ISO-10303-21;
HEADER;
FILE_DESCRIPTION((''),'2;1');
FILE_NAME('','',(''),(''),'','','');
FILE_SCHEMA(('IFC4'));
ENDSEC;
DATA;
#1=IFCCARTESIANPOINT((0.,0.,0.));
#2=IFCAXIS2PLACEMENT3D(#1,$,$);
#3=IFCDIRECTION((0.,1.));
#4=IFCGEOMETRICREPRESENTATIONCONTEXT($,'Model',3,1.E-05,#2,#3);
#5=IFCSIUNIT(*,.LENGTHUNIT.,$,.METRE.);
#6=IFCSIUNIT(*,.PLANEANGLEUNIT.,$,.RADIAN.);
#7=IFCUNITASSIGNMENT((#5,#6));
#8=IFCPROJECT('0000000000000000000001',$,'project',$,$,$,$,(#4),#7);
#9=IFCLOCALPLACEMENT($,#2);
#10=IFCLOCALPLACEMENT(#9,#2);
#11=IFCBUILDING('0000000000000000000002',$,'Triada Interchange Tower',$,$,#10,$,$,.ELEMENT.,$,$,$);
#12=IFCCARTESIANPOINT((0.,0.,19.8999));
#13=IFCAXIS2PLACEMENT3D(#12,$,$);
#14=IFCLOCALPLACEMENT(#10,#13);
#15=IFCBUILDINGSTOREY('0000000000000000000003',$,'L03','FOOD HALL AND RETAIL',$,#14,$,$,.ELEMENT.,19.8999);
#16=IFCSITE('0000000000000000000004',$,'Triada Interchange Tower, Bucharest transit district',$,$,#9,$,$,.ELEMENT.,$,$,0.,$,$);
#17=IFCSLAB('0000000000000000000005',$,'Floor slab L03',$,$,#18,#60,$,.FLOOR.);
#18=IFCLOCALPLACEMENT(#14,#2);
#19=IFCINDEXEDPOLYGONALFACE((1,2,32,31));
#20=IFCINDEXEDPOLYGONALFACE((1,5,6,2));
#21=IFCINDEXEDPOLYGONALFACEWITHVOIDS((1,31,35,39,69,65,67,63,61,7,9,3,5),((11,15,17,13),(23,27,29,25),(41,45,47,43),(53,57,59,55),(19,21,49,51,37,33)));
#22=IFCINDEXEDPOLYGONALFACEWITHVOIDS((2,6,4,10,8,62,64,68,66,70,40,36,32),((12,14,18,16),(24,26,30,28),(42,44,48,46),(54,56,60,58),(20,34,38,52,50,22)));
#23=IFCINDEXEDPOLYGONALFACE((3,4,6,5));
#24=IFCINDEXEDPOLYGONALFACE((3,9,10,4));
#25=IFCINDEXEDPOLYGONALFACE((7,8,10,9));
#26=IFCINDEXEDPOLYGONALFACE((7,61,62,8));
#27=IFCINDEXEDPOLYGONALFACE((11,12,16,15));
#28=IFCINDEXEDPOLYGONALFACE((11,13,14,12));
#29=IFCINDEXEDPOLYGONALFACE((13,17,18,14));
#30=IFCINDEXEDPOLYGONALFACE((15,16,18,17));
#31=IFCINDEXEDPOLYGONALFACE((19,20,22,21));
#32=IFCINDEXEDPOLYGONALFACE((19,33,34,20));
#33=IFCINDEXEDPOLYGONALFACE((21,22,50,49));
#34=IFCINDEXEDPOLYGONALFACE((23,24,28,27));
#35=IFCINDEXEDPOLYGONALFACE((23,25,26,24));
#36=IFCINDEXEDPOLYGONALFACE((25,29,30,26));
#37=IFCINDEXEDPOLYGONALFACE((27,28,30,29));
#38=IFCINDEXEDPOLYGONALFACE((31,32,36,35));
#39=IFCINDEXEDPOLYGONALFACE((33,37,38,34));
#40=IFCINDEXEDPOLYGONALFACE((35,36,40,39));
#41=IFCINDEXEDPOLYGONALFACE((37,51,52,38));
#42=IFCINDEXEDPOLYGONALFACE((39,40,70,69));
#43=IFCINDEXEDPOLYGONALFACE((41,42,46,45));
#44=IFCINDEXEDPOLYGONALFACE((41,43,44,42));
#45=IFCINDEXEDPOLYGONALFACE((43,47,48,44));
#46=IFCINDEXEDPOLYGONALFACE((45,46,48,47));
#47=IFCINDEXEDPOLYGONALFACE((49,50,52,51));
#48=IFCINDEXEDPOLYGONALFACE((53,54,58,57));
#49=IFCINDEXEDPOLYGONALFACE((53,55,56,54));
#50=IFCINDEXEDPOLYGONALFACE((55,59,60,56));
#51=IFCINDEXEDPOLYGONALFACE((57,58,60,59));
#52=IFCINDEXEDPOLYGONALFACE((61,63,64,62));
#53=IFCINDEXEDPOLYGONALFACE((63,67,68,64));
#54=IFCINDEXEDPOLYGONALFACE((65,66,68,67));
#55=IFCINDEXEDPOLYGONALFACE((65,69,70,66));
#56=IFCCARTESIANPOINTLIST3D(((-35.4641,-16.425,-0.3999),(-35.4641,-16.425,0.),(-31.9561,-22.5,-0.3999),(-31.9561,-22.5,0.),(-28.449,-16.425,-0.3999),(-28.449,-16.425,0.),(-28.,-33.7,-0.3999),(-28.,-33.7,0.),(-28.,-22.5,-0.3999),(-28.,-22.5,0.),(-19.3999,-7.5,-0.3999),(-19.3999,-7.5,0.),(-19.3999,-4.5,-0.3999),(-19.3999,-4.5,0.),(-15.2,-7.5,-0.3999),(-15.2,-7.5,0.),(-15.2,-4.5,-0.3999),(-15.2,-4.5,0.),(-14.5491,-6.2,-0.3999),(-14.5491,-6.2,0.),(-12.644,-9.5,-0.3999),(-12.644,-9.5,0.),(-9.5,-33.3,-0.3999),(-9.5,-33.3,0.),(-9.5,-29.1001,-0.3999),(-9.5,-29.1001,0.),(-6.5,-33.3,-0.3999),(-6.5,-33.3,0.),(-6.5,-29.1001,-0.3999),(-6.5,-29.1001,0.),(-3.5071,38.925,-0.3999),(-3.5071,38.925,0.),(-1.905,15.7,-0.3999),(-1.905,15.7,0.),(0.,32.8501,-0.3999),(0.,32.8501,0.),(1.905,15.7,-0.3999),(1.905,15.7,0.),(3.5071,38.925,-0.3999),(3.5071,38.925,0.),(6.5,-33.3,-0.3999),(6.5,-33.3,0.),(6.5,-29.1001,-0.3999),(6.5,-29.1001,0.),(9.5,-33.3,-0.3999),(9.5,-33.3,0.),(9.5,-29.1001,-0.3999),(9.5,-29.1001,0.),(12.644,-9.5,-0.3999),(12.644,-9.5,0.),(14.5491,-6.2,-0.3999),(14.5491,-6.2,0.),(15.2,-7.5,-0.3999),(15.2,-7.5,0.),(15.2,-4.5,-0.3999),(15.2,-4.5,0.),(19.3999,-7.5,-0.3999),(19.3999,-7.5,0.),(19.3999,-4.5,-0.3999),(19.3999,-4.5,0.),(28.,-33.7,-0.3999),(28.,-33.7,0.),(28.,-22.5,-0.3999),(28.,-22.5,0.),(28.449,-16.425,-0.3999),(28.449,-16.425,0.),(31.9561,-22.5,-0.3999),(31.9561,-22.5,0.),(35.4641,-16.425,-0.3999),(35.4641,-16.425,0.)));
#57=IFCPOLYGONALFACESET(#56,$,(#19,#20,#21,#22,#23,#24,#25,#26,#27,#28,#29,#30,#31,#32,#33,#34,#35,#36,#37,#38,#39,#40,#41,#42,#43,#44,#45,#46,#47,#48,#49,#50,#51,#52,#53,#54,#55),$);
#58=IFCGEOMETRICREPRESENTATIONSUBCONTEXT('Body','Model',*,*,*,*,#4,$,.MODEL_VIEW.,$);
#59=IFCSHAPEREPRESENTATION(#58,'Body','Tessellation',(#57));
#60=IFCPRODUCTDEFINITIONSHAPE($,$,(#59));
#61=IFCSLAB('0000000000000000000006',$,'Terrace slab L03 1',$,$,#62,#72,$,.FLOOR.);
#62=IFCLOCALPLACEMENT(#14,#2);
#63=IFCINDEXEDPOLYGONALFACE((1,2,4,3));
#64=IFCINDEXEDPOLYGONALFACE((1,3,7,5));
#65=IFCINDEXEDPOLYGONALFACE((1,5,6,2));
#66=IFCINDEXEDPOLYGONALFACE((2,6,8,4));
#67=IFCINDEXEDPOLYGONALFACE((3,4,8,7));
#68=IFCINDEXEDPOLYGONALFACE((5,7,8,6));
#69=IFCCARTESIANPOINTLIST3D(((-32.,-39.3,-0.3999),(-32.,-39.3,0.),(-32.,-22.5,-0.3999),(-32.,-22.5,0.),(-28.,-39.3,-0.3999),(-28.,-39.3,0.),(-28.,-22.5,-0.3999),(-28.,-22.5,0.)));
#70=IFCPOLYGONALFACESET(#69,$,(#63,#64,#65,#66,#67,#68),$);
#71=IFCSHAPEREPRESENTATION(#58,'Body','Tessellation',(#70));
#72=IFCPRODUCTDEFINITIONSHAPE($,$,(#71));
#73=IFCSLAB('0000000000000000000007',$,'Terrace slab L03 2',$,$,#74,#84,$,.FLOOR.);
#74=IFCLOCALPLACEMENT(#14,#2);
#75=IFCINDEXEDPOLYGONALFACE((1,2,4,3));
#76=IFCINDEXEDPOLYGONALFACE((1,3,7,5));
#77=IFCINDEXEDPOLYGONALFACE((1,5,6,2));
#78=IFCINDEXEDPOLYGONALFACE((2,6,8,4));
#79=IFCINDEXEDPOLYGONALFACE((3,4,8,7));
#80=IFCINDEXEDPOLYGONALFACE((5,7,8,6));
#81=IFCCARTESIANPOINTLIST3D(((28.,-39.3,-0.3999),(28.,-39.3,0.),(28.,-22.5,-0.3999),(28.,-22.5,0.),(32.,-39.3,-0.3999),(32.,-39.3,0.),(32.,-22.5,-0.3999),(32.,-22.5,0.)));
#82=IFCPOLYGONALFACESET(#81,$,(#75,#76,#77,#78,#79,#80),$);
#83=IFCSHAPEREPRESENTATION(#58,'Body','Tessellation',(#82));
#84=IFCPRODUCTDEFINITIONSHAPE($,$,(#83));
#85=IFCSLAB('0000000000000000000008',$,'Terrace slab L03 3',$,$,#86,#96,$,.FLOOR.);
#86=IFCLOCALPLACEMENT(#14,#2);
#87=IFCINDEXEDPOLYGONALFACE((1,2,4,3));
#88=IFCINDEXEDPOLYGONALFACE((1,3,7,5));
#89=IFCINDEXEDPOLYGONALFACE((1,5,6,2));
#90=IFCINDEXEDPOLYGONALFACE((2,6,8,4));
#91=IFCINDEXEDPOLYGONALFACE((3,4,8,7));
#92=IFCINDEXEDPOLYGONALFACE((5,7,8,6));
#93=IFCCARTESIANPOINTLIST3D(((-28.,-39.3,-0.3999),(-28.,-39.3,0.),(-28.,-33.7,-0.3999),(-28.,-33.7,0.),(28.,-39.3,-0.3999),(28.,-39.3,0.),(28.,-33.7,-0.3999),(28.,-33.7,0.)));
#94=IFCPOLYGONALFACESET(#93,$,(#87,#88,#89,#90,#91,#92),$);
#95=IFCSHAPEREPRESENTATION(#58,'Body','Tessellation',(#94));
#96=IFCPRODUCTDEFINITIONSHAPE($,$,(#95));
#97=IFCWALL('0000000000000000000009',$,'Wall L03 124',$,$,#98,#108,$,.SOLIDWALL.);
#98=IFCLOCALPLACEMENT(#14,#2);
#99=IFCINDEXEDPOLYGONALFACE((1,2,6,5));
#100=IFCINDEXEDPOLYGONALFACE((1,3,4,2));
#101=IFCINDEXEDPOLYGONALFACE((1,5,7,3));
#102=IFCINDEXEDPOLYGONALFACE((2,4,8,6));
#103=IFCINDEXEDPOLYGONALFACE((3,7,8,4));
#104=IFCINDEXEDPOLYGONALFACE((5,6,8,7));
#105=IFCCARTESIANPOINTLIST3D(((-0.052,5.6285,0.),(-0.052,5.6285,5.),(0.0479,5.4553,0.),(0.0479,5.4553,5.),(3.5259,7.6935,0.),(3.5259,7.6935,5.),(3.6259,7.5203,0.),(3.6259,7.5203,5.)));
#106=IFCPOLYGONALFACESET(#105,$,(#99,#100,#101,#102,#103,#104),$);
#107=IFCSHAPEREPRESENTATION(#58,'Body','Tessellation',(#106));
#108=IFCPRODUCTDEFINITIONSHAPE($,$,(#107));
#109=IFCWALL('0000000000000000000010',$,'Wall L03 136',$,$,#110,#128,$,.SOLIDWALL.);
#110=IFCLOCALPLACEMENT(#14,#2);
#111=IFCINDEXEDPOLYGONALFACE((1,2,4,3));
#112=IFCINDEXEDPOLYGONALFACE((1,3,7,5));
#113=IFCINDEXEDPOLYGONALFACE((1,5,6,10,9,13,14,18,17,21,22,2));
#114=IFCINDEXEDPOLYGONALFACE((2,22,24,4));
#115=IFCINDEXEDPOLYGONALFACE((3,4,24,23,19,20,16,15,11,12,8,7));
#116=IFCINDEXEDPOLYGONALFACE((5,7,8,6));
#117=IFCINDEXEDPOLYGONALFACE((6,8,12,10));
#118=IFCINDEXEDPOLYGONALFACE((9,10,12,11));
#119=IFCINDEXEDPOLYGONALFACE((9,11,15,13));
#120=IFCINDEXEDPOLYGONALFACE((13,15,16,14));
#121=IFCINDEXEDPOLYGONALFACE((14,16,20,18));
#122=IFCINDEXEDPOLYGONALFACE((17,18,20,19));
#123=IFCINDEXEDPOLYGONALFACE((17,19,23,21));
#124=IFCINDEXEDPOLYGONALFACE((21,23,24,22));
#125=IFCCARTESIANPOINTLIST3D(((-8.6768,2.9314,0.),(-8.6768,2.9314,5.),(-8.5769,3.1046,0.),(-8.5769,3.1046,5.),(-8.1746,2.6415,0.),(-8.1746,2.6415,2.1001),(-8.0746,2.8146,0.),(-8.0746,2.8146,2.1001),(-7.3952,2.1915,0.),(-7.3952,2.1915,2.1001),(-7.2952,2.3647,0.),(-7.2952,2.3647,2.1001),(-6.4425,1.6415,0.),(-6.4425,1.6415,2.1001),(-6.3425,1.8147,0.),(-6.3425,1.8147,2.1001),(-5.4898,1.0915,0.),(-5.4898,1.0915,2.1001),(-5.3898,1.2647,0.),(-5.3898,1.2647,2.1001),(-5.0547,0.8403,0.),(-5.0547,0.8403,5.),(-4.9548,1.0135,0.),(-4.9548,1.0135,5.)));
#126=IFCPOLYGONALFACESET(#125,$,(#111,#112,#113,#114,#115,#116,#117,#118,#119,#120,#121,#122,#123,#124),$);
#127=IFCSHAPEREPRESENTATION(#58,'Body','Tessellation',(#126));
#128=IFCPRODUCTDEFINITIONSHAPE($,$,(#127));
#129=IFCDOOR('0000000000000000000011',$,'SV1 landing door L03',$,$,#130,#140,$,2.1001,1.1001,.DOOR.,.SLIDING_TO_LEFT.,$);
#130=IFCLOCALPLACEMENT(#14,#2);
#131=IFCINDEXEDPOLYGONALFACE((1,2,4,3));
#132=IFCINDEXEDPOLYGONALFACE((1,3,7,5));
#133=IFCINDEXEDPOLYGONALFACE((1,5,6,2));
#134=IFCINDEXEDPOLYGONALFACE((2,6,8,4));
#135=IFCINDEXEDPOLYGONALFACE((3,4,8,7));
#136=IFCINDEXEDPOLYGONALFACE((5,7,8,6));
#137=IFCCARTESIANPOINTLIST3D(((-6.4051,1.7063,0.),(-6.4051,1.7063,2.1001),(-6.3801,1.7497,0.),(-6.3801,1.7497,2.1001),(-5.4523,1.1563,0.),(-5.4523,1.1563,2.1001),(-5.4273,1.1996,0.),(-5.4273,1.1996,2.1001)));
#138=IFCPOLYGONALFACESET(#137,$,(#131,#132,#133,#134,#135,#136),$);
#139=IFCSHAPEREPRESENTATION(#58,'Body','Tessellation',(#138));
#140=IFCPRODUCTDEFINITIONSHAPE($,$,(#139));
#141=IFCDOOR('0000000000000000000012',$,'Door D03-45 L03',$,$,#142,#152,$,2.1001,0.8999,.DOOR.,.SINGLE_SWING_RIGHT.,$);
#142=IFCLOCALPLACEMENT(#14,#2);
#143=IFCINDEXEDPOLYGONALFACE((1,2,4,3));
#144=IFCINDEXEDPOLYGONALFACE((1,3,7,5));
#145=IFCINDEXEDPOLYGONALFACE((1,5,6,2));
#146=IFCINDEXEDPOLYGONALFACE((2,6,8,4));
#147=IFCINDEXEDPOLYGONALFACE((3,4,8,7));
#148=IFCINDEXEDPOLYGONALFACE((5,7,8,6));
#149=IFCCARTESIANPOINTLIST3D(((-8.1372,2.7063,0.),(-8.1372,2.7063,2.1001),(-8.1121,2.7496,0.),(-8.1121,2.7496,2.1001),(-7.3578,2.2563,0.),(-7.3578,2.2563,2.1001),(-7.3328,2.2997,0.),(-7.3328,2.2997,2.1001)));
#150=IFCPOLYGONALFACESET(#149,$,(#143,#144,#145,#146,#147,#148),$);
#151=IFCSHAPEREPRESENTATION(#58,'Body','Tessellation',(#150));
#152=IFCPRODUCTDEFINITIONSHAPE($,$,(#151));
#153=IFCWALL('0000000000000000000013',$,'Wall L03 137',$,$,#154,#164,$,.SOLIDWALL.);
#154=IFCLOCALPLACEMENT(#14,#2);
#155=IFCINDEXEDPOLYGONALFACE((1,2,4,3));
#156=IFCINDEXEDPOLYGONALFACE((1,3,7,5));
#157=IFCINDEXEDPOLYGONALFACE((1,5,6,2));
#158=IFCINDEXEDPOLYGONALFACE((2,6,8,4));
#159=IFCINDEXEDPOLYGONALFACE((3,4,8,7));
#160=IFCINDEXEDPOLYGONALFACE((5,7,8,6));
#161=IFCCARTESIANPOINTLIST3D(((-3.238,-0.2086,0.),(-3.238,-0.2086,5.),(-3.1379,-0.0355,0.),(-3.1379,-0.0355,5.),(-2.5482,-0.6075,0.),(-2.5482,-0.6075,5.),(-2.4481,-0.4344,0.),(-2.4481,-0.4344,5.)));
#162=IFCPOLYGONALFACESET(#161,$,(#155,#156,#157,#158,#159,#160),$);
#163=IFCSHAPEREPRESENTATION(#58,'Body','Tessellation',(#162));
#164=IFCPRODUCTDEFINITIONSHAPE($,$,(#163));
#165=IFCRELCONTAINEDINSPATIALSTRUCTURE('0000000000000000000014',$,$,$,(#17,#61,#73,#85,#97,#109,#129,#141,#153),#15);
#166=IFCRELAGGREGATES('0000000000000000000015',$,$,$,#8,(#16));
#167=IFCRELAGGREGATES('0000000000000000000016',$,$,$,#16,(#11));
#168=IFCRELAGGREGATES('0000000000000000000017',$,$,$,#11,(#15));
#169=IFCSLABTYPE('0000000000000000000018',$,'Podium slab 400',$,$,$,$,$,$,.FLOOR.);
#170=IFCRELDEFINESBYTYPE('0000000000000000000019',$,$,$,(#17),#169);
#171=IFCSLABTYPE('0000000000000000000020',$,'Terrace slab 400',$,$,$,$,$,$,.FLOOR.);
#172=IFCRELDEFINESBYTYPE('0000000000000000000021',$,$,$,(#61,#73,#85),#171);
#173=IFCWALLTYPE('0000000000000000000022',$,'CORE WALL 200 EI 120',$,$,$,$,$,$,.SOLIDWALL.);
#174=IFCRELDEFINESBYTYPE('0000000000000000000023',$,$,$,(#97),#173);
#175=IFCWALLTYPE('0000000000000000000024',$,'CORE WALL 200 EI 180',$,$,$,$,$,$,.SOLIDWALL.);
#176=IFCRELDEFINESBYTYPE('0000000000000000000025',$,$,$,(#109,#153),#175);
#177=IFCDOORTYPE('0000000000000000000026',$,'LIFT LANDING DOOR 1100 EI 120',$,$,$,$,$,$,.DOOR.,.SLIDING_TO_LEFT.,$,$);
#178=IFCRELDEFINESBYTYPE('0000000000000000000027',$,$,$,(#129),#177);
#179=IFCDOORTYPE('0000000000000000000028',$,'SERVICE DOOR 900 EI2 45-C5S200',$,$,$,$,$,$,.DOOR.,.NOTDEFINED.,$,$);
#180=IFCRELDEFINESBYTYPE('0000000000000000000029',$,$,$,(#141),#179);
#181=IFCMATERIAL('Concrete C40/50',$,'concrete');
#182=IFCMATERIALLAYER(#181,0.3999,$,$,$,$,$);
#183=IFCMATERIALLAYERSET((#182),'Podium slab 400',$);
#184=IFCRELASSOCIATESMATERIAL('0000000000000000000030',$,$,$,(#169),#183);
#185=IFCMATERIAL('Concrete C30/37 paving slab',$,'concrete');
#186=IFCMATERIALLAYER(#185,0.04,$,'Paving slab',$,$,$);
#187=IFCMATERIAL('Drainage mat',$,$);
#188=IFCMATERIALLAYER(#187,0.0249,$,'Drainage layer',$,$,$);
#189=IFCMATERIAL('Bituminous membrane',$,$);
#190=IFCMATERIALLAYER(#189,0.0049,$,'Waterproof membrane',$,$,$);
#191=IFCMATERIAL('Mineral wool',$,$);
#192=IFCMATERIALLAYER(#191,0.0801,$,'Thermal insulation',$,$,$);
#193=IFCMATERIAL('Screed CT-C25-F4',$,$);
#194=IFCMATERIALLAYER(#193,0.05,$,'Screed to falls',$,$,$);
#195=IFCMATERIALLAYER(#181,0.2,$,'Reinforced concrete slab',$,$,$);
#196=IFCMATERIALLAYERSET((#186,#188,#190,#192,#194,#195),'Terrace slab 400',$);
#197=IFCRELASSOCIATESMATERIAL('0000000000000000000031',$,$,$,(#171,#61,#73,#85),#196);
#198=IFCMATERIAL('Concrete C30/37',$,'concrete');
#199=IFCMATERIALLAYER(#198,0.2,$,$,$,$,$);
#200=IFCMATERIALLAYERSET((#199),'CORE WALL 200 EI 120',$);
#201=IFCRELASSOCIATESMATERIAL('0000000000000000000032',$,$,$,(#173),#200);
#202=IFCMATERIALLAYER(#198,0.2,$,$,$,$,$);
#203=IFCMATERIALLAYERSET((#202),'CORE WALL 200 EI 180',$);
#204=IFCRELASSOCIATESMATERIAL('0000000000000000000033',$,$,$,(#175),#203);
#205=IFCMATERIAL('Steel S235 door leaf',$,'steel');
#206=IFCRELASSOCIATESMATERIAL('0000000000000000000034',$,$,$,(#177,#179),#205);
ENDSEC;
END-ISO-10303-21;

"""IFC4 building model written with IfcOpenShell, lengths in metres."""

from ifc_helpers import new_model, si_unit, direction, frame, frame_2d, origin, place, context, subcontext, project, spatial, polyline, rectangle, outline, extrude, material, layer, layer_set, layer_usage, type_object, element, fill, save


model = new_model("IFC4")

# Units and contexts
model_context = context("Model", 3, precision=1e-05, world=origin(), true_north=direction((0.0, 1.0)))
body_context = subcontext(model_context, "Body", "Model", "MODEL_VIEW")
ifc_project = project(units=[si_unit("LENGTHUNIT", "METRE"), si_unit("PLANEANGLEUNIT", "RADIAN")], contexts=[model_context])

# Site, building, storey
site_placement = place(None, origin())
site = spatial("IfcSite", under=ifc_project, at=site_placement, Name="Triada Interchange Tower, Bucharest transit district", CompositionType="ELEMENT", RefElevation=0.0)
building_placement = place(site_placement, origin())
building = spatial("IfcBuilding", under=site, at=building_placement, Name="Triada Interchange Tower", CompositionType="ELEMENT")
storey_placement = place(building_placement, frame((0.0, 0.0, 19.8999)))
storey = spatial("IfcBuildingStorey", under=building, at=storey_placement, Name="L03", Description="FOOD HALL AND RETAIL", CompositionType="ELEMENT", Elevation=19.8999)

# Slabs
ifc_material_1 = material(Name="Concrete C40/50", Category="concrete")
ifc_layer_1 = layer(ifc_material_1, 0.3999)
ifc_layer_set_1 = layer_set([ifc_layer_1], Name="Podium slab 400")
slab_type_1 = type_object("IfcSlabType", Name="Podium slab 400", PredefinedType="FLOOR", material=ifc_layer_set_1)
slab_1_placement = place(storey_placement, frame((0.0, 0.0, -0.3999)))
element("IfcSlab", 1, at=slab_1_placement, inside=storey, type_object=slab_type_1, Name="Floor slab L03", PredefinedType="FLOOR", context=body_context, shape_type="SweptSolid", body=[
    extrude(outline(polyline([(-28.0, -33.7), (28.0, -33.7), (28.0, -22.5), (31.9561, -22.5), (28.449, -16.425), (35.4641, -16.425), (3.5071, 38.925), (0.0, 32.8501), (-3.5071, 38.925), (-35.4641, -16.425), (-28.449, -16.425), (-31.9561, -22.5), (-28.0, -22.5), (-28.0, -33.7)]), holes=[polyline([(-9.5, -29.1001), (-6.5, -29.1001), (-6.5, -33.3), (-9.5, -33.3), (-9.5, -29.1001)]), polyline([(6.5, -29.1001), (9.5, -29.1001), (9.5, -33.3), (6.5, -33.3), (6.5, -29.1001)]), polyline([(-19.3999, -7.5), (-19.3999, -4.5), (-15.2, -4.5), (-15.2, -7.5), (-19.3999, -7.5)]), polyline([(19.3999, -7.5), (15.2, -7.5), (15.2, -4.5), (19.3999, -4.5), (19.3999, -7.5)]), polyline([(-12.644, -9.5), (-14.5491, -6.2), (-1.905, 15.7), (1.905, 15.7), (14.5491, -6.2), (12.644, -9.5), (-12.644, -9.5)])]), origin(), (0.0, 0.0, 1.0), 0.3999),
])
ifc_material_2 = material(Name="Concrete C30/37 paving slab", Category="concrete")
ifc_layer_2 = layer(ifc_material_2, 0.04, Name="Paving slab")
ifc_material_3 = material(Name="Drainage mat")
ifc_layer_3 = layer(ifc_material_3, 0.0249, Name="Drainage layer")
ifc_material_4 = material(Name="Bituminous membrane")
ifc_layer_4 = layer(ifc_material_4, 0.0049, Name="Waterproof membrane")
ifc_material_5 = material(Name="Mineral wool")
ifc_layer_5 = layer(ifc_material_5, 0.0801, Name="Thermal insulation")
ifc_material_6 = material(Name="Screed CT-C25-F4")
ifc_layer_6 = layer(ifc_material_6, 0.05, Name="Screed to falls")
ifc_layer_7 = layer(ifc_material_1, 0.2, Name="Reinforced concrete slab")
ifc_layer_set_2 = layer_set([ifc_layer_2, ifc_layer_3, ifc_layer_4, ifc_layer_5, ifc_layer_6, ifc_layer_7], Name="Terrace slab 400")
ifc_layer_usage = layer_usage(ifc_layer_set_2, "AXIS3", "POSITIVE", 0.0)
slab_type_2 = type_object("IfcSlabType", Name="Terrace slab 400", PredefinedType="FLOOR", material=ifc_layer_set_2)
slab_2_placement = place(storey_placement, frame((0.0, 0.0, -0.3999)))
element("IfcSlab", 2, at=slab_2_placement, inside=storey, type_object=slab_type_2, material=ifc_layer_usage, Name="Terrace slab L03 1", PredefinedType="FLOOR", context=body_context, shape_type="SweptSolid", body=[
    extrude(outline(polyline([(-32.0, -39.3), (-28.0, -39.3), (-28.0, -22.5), (-32.0, -22.5), (-32.0, -39.3)])), origin(), (0.0, 0.0, 1.0), 0.3999),
])
slab_3_placement = place(storey_placement, frame((0.0, 0.0, -0.3999)))
element("IfcSlab", 3, at=slab_3_placement, inside=storey, type_object=slab_type_2, material=ifc_layer_usage, Name="Terrace slab L03 2", PredefinedType="FLOOR", context=body_context, shape_type="SweptSolid", body=[
    extrude(outline(polyline([(28.0, -39.3), (32.0, -39.3), (32.0, -22.5), (28.0, -22.5), (28.0, -39.3)])), origin(), (0.0, 0.0, 1.0), 0.3999),
])
slab_4_placement = place(storey_placement, frame((0.0, 0.0, -0.3999)))
element("IfcSlab", 4, at=slab_4_placement, inside=storey, type_object=slab_type_2, material=ifc_layer_usage, Name="Terrace slab L03 3", PredefinedType="FLOOR", context=body_context, shape_type="SweptSolid", body=[
    extrude(outline(polyline([(-28.0, -39.3), (28.0, -39.3), (28.0, -33.7), (-28.0, -33.7), (-28.0, -39.3)])), origin(), (0.0, 0.0, 1.0), 0.3999),
])

# Wall
ifc_material_7 = material(Name="Concrete C30/37", Category="concrete")
ifc_layer_8 = layer(ifc_material_7, 0.2)
ifc_layer_set_3 = layer_set([ifc_layer_8], Name="CORE WALL 200 EI 120")
wall_type_1 = type_object("IfcWallType", Name="CORE WALL 200 EI 120", PredefinedType="SOLIDWALL", material=ifc_layer_set_3)
wall_1_placement = place(storey_placement, frame((-0.002, 5.542, 0.0), z_axis=(0.0, 0.0, 1.0), x_axis=(0.866104, 0.499864, 0.0)))
element("IfcWall", 5, at=wall_1_placement, inside=storey, type_object=wall_type_1, Name="Wall L03 124", PredefinedType="SOLIDWALL", context=body_context, shape_type="SweptSolid", body=[
    extrude(rectangle(XDim=4.1311, YDim=0.2, at=frame_2d((2.0654, 0.0))), origin(), (0.0, 0.0, 1.0), 5.0),
])

# Wall, openings, doors
ifc_layer_9 = layer(ifc_material_7, 0.2)
ifc_layer_set_4 = layer_set([ifc_layer_9], Name="CORE WALL 200 EI 180")
wall_type_2 = type_object("IfcWallType", Name="CORE WALL 200 EI 180", PredefinedType="SOLIDWALL", material=ifc_layer_set_4)
wall_2_placement = place(storey_placement, frame((-8.627, 3.0181, 0.0), z_axis=(0.0, 0.0, 1.0), x_axis=(0.86604, -0.499975, 0.0)))
wall_2 = element("IfcWall", 6, at=wall_2_placement, inside=storey, type_object=wall_type_2, Name="Wall L03 136", PredefinedType="SOLIDWALL", context=body_context, shape_type="SweptSolid", body=[
    extrude(rectangle(XDim=4.1824, YDim=0.2, at=frame_2d((2.0913, 0.0))), origin(), (0.0, 0.0, 1.0), 5.0),
])
opening_1_placement = place(wall_2_placement, frame((2.5801, 0.0, 0.0)))
opening_1 = element("IfcOpeningElement", 7, at=opening_1_placement, cuts=wall_2, PredefinedType="OPENING", context=body_context, shape_type="SweptSolid", body=[
    extrude(rectangle(XDim=1.1001, YDim=2.1001, at=frame_2d((0.55, 1.05))), frame((0.0, 0.1099, 0.0), z_axis=(0.0, -1.0, 0.0), x_axis=(1.0, 0.0, 0.0)), (0.0, 0.0, 1.0), 0.22),
])
opening_2_placement = place(wall_2_placement, frame((0.5801, 0.0, 0.0)))
opening_2 = element("IfcOpeningElement", 8, at=opening_2_placement, cuts=wall_2, PredefinedType="OPENING", context=body_context, shape_type="SweptSolid", body=[
    extrude(rectangle(XDim=0.8999, YDim=2.1001, at=frame_2d((0.45, 1.05))), frame((0.0, 0.1099, 0.0), z_axis=(0.0, -1.0, 0.0), x_axis=(1.0, 0.0, 0.0)), (0.0, 0.0, 1.0), 0.22),
])
ifc_material_8 = material(Name="Steel S235 door leaf", Category="steel")
door_type_1 = type_object("IfcDoorType", Name="LIFT LANDING DOOR 1100 EI 120", OperationType="SLIDING_TO_LEFT", PredefinedType="DOOR", material=ifc_material_8)
door_1_placement = place(opening_1_placement, origin())
door_1 = element("IfcDoor", 9, at=door_1_placement, inside=storey, type_object=door_type_1, Name="SV1 landing door L03", OperationType="SLIDING_TO_LEFT", OverallHeight=2.1001, OverallWidth=1.1001, PredefinedType="DOOR", context=body_context, shape_type="SweptSolid", body=[
    extrude(rectangle(XDim=1.1001, YDim=2.1001, at=frame_2d((0.55, 1.05))), frame((0.0, 0.0249, 0.0), z_axis=(0.0, -1.0, 0.0), x_axis=(1.0, 0.0, 0.0)), (0.0, 0.0, 1.0), 0.05),
])
fill(opening_1, door_1)
door_type_2 = type_object("IfcDoorType", Name="SERVICE DOOR 900 EI2 45-C5S200", OperationType="NOTDEFINED", PredefinedType="DOOR", material=ifc_material_8)
door_2_placement = place(opening_2_placement, origin())
door_2 = element("IfcDoor", 10, at=door_2_placement, inside=storey, type_object=door_type_2, Name="Door D03-45 L03", OperationType="SINGLE_SWING_RIGHT", OverallHeight=2.1001, OverallWidth=0.8999, PredefinedType="DOOR", context=body_context, shape_type="SweptSolid", body=[
    extrude(rectangle(XDim=0.8999, YDim=2.1001, at=frame_2d((0.45, 1.05))), frame((0.0, 0.0249, 0.0), z_axis=(0.0, -1.0, 0.0), x_axis=(1.0, 0.0, 0.0)), (0.0, 0.0, 1.0), 0.05),
])
fill(opening_2, door_2)

# Wall
wall_3_placement = place(storey_placement, frame((-3.188, -0.1221, 0.0), z_axis=(0.0, 0.0, 1.0), x_axis=(0.865706, -0.500553, 0.0)))
element("IfcWall", 11, at=wall_3_placement, inside=storey, type_object=wall_type_2, Name="Wall L03 137", PredefinedType="SOLIDWALL", context=body_context, shape_type="SweptSolid", body=[
    extrude(rectangle(XDim=0.7969, YDim=0.2, at=frame_2d((0.3984, 0.0))), origin(), (0.0, 0.0, 1.0), 5.0),
])

save(model, "model.ifc")
